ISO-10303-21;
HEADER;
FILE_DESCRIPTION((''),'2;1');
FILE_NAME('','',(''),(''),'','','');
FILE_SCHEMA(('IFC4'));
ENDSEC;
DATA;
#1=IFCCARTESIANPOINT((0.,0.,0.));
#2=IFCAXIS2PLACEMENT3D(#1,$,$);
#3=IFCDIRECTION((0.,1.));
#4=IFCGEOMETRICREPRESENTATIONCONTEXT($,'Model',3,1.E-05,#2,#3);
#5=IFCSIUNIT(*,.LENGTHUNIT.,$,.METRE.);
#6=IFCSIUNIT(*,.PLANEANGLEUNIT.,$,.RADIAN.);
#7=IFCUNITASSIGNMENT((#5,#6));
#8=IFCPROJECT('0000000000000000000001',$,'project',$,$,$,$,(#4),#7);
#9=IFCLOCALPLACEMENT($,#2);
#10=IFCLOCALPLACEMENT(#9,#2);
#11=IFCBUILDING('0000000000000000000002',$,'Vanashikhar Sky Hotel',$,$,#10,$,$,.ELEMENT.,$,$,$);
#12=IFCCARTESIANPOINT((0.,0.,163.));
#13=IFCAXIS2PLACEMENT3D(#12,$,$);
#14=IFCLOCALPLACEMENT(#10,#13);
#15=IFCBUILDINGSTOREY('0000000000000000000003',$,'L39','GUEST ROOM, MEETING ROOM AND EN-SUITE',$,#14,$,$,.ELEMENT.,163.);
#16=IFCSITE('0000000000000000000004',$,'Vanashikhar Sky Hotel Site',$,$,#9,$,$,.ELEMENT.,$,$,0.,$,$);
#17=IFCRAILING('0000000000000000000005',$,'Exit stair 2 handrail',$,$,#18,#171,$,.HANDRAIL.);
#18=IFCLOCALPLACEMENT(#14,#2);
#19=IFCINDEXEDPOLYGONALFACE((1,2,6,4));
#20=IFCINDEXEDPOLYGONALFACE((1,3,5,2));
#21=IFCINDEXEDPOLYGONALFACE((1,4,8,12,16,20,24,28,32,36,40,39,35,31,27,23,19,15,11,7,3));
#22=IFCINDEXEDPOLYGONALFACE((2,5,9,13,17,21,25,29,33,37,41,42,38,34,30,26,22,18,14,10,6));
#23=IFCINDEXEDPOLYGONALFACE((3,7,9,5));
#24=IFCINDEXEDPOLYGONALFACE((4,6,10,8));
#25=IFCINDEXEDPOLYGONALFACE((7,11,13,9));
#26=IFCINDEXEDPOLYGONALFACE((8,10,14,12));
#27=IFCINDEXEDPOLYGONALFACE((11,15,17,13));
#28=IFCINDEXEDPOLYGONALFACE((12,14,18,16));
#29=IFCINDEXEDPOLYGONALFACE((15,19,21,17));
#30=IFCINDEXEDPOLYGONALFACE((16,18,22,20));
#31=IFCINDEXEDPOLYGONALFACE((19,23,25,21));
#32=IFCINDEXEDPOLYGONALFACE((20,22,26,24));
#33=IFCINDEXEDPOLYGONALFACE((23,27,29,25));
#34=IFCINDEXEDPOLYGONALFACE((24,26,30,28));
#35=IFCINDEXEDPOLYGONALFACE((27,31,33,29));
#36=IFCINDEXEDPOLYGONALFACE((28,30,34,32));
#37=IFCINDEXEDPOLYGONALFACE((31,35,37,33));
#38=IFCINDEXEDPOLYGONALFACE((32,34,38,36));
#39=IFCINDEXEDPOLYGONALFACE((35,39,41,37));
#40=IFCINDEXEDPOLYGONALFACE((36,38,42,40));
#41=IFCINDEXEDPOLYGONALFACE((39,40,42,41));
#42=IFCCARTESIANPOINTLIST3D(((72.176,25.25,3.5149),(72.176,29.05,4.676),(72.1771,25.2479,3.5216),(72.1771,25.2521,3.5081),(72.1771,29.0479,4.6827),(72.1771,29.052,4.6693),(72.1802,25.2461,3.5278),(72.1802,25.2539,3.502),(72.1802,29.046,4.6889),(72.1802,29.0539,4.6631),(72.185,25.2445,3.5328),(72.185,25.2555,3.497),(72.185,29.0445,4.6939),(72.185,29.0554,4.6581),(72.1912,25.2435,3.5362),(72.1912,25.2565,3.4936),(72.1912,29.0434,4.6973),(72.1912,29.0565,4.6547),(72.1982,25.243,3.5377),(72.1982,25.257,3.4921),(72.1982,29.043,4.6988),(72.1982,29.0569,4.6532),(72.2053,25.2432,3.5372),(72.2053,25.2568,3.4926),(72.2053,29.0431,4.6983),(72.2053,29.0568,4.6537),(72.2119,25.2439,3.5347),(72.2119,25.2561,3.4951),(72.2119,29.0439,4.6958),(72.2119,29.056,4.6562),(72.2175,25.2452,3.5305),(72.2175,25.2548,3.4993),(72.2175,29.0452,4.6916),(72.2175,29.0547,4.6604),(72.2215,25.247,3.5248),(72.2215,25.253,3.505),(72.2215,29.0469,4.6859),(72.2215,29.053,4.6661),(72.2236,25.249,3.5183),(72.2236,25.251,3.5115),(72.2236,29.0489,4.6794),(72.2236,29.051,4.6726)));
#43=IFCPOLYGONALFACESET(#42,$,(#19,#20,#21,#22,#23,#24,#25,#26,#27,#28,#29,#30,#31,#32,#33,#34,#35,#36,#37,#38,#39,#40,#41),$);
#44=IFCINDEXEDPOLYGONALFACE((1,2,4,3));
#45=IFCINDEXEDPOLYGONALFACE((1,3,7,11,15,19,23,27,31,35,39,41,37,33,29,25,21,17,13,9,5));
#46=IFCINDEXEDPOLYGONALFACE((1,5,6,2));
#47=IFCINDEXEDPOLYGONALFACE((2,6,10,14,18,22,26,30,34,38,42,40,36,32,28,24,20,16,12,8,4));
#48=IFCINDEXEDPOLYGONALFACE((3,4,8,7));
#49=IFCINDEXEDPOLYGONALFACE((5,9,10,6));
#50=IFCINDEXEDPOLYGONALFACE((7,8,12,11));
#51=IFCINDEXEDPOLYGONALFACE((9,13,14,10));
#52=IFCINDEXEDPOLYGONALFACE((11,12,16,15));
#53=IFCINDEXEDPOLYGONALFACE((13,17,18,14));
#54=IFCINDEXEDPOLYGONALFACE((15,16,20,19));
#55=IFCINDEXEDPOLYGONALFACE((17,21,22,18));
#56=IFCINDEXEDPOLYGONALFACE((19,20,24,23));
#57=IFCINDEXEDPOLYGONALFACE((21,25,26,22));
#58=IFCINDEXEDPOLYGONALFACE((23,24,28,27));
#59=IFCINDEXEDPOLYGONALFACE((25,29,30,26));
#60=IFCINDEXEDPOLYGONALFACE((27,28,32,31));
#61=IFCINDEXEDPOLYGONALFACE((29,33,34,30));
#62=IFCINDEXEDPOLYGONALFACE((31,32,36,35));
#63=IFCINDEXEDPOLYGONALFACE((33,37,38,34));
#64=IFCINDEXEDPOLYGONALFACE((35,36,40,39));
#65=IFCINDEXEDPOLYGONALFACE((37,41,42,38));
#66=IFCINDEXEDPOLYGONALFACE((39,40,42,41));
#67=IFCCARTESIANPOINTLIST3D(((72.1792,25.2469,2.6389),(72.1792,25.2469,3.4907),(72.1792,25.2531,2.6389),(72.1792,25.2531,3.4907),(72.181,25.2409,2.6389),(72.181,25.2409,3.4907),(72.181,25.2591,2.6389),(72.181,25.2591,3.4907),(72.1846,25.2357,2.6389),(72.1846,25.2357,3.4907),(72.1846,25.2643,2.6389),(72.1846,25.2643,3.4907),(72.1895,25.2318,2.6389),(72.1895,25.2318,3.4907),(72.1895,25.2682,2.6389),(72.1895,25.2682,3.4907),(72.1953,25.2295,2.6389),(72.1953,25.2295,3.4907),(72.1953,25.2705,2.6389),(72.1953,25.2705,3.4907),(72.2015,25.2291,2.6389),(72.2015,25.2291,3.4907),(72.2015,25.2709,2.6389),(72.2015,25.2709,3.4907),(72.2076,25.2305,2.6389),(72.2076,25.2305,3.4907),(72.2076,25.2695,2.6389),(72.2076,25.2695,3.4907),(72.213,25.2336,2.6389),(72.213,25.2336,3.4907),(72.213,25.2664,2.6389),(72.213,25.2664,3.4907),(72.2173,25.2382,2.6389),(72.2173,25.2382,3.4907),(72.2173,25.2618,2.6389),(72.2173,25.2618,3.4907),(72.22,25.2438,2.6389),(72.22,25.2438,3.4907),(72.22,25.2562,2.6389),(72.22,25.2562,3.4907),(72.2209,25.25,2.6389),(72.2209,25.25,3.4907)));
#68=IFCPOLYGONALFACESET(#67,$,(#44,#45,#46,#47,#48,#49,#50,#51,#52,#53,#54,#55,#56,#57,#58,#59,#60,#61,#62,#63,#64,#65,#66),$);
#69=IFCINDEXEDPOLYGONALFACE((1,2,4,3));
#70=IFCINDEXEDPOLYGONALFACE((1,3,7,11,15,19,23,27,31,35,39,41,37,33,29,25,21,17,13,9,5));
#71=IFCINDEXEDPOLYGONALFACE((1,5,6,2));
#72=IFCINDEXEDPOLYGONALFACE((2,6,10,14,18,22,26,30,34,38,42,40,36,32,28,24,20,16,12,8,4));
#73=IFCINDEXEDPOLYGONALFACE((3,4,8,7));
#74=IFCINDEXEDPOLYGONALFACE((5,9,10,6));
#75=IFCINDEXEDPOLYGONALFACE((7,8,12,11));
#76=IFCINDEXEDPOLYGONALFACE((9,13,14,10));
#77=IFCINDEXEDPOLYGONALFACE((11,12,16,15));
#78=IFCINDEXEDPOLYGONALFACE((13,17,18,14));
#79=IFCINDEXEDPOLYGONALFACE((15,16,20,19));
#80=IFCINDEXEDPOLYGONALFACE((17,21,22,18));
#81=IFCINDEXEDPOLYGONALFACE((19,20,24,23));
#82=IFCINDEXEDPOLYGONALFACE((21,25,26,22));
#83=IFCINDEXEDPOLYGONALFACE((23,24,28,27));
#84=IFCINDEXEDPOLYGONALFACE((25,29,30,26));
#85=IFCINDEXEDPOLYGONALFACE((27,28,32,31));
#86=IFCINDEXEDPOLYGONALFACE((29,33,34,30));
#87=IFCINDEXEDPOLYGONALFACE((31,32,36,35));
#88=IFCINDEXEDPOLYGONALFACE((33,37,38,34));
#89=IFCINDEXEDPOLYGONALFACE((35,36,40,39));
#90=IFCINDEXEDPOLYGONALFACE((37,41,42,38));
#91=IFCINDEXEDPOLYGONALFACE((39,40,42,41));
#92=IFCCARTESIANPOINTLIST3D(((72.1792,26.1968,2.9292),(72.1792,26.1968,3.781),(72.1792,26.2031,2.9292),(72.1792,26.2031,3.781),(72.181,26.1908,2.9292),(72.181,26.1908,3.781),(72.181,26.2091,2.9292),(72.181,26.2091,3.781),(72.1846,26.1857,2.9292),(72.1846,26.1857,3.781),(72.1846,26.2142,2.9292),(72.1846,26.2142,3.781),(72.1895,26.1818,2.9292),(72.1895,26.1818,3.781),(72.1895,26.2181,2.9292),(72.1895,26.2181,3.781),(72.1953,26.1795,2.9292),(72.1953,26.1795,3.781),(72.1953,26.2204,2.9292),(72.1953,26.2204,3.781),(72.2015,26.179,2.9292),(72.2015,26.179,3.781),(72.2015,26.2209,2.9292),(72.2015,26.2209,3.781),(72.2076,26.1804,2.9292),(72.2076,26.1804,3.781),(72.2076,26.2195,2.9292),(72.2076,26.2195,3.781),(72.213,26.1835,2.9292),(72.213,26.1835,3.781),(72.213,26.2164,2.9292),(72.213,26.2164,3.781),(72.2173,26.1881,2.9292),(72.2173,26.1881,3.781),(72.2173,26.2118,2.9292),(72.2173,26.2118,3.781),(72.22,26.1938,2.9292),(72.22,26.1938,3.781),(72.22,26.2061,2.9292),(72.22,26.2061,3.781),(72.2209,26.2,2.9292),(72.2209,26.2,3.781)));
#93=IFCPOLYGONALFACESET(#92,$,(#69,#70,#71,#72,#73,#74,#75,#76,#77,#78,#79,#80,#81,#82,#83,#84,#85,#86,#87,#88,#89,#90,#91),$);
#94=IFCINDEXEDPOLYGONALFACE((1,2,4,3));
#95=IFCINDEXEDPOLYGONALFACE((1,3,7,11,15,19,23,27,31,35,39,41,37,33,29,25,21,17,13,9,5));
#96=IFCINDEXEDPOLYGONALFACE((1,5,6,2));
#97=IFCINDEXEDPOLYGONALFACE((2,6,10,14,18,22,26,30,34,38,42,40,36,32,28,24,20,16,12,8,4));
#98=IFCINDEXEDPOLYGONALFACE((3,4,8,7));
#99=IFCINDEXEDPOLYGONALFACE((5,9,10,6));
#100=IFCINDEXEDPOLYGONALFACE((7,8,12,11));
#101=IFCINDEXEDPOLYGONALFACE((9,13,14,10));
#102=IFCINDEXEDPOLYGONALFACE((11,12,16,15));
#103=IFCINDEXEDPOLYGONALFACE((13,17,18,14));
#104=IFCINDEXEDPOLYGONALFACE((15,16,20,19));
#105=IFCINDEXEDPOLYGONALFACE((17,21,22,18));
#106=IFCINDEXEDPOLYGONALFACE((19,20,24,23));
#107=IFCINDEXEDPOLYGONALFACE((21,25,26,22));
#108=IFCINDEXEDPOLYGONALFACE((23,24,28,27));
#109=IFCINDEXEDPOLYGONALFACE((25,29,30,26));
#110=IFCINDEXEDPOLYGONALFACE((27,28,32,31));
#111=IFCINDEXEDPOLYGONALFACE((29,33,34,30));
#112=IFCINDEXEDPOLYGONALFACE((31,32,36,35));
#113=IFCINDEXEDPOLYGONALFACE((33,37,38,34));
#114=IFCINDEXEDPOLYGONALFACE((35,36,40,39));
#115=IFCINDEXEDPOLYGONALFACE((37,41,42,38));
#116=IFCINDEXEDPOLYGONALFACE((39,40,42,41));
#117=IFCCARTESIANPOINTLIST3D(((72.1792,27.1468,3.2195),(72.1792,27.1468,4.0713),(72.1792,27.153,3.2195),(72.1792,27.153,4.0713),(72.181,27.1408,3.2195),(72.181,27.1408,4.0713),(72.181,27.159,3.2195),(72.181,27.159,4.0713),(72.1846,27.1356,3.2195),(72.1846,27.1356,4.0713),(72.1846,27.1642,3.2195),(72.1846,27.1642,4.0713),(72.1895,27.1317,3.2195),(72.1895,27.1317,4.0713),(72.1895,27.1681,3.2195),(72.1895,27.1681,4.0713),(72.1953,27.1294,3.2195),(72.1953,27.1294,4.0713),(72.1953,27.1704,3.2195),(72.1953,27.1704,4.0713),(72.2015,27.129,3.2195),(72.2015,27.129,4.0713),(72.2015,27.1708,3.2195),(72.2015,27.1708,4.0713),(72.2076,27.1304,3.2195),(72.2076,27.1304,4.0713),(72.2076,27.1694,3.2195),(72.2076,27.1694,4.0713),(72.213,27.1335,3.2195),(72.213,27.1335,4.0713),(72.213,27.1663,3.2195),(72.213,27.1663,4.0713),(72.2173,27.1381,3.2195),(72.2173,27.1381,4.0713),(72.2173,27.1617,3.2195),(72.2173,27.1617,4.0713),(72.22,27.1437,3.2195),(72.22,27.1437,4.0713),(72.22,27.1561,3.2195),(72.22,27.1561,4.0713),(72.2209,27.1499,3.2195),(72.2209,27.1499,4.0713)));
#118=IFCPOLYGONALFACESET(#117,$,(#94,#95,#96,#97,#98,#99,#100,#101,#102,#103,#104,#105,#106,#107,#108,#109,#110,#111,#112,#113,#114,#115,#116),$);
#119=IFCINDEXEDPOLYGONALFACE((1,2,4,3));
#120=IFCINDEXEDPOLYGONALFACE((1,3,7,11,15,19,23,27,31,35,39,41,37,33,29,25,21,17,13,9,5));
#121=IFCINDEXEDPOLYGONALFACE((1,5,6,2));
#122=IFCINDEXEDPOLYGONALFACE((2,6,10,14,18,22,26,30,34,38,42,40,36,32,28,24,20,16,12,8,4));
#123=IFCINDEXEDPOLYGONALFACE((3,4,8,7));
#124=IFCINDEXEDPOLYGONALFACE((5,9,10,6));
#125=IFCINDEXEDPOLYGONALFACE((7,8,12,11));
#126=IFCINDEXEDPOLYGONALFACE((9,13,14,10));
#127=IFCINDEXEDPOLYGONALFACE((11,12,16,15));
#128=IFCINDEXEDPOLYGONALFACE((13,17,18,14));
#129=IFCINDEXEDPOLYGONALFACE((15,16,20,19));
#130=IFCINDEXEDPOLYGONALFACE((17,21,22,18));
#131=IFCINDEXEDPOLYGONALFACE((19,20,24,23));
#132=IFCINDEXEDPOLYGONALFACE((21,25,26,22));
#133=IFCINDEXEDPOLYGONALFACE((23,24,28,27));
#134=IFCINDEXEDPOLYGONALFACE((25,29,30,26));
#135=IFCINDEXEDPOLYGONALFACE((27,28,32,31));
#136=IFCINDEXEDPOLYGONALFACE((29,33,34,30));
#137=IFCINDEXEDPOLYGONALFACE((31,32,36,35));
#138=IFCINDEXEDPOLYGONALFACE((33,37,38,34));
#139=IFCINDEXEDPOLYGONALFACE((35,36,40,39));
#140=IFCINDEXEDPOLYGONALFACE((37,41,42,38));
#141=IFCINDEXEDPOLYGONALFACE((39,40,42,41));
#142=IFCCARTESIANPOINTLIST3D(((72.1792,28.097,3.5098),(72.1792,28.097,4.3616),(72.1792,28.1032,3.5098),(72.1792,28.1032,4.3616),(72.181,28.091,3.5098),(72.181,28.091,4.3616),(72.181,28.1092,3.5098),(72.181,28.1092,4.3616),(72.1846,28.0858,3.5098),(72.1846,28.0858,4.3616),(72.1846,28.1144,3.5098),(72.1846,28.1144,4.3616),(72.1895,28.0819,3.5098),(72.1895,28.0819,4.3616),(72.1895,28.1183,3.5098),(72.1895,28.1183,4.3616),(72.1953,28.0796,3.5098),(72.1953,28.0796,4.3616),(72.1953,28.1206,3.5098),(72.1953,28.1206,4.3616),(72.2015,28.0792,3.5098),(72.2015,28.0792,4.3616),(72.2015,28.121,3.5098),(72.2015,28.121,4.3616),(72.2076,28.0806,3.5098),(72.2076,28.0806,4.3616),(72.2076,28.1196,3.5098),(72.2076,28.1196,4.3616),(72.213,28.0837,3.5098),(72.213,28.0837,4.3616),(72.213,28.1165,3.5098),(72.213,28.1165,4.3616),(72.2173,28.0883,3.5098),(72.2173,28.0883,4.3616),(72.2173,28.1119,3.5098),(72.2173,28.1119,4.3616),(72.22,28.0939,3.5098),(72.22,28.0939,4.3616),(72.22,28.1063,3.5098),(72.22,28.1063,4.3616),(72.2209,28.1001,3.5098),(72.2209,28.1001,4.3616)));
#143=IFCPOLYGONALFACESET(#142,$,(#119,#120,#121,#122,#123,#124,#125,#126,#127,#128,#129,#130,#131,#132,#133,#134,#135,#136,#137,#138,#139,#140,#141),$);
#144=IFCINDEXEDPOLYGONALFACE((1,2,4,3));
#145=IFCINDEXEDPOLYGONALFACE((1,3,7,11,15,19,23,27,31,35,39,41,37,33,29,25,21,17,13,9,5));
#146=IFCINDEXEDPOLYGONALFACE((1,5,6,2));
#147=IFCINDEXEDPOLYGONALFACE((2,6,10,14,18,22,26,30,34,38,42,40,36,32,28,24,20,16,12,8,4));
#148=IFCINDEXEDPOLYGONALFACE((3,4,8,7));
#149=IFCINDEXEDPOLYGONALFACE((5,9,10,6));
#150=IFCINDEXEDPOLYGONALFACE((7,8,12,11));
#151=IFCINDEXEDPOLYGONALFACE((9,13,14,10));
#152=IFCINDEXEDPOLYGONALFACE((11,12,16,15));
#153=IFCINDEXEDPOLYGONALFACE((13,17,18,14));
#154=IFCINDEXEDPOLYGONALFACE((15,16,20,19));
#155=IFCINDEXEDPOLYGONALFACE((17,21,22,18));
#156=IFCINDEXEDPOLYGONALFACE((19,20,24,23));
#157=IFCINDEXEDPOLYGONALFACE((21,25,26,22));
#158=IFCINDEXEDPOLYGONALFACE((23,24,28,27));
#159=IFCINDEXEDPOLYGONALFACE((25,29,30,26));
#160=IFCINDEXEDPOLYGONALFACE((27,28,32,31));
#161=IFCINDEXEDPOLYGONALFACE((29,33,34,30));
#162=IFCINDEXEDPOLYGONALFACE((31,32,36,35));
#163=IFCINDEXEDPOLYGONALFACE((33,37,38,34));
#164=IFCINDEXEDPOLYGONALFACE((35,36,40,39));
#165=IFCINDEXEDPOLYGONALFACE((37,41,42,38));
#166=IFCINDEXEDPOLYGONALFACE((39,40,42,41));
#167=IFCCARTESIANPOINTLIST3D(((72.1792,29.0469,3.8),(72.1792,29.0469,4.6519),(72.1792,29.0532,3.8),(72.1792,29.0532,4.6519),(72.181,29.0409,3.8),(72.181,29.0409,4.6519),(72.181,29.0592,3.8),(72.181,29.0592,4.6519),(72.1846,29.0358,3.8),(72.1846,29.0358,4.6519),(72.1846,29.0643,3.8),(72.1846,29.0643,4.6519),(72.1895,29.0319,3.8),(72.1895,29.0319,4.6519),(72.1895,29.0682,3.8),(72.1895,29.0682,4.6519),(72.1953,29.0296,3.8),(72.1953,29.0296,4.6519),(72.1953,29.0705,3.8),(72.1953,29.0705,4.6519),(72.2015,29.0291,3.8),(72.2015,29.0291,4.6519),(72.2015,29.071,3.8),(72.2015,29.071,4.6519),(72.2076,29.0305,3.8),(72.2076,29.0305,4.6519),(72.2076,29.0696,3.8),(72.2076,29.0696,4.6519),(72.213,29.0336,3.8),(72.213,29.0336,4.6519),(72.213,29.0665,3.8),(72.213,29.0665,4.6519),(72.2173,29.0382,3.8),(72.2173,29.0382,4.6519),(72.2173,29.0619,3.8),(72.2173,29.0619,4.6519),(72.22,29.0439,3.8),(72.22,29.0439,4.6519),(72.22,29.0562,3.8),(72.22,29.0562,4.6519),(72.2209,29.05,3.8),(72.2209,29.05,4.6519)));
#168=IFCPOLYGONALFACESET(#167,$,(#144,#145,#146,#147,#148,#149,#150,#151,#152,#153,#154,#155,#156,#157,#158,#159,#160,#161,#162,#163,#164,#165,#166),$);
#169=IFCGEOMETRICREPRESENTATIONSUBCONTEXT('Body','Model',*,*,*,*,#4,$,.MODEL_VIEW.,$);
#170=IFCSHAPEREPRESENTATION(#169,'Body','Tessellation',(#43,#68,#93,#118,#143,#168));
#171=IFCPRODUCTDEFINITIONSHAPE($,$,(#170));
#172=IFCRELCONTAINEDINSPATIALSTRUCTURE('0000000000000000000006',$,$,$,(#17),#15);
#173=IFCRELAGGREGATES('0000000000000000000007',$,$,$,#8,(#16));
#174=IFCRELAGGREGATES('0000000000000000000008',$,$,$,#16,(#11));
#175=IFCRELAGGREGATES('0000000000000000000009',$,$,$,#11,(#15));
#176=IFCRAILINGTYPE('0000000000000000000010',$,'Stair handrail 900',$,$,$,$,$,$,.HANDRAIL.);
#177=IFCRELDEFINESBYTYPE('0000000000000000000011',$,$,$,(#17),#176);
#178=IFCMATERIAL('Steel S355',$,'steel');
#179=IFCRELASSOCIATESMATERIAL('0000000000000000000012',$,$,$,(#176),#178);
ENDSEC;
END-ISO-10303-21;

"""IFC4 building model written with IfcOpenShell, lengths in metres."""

from ifc_helpers import new_model, si_unit, direction, frame, origin, origin_2d, place, context, subcontext, project, spatial, circle, extrude, source, transform, mapped, material, type_object, element, save


model = new_model("IFC4")

# Units and contexts
model_context = context("Model", 3, precision=1e-05, world=origin(), true_north=direction((0.0, 1.0)))
body_context = subcontext(model_context, "Body", "Model", "MODEL_VIEW")
ifc_project = project(units=[si_unit("LENGTHUNIT", "METRE"), si_unit("PLANEANGLEUNIT", "RADIAN")], contexts=[model_context])

# Site, building, storey
site_placement = place(None, origin())
site = spatial("IfcSite", under=ifc_project, at=site_placement, Name="Vanashikhar Sky Hotel Site", CompositionType="ELEMENT", RefElevation=0.0)
building_placement = place(site_placement, origin())
building = spatial("IfcBuilding", under=site, at=building_placement, Name="Vanashikhar Sky Hotel", CompositionType="ELEMENT")
storey_placement = place(building_placement, frame((0.0, 0.0, 163.0)))
storey = spatial("IfcBuildingStorey", under=building, at=storey_placement, Name="L39", Description="GUEST ROOM, MEETING ROOM AND EN-SUITE", CompositionType="ELEMENT", Elevation=163.0)

# Railing
ifc_material_1 = material(Name="Steel S355", Category="steel")
railing_type_1 = type_object("IfcRailingType", Name="Stair handrail 900", PredefinedType="HANDRAIL", material=ifc_material_1)
shared_shape_1 = source(origin(), body_context, "Body", "SweptSolid", [
    extrude(circle(Radius=0.0239, at=origin_2d()), frame((0.0, 0.0, 0.876), z_axis=(0.0, 0.956351, 0.29222), x_axis=(-1.0, 0.0, 0.0)), (0.0, 0.0, 1.0), 3.9734),
    extrude(circle(Radius=0.021, at=origin_2d()), origin(), (0.0, 0.0, 1.0), 0.8518),
    extrude(circle(Radius=0.021, at=origin_2d()), frame((0.0, 0.95, 0.2903)), (0.0, 0.0, 1.0), 0.8518),
    extrude(circle(Radius=0.021, at=origin_2d()), frame((0.0, 1.8999, 0.5806)), (0.0, 0.0, 1.0), 0.8518),
    extrude(circle(Radius=0.021, at=origin_2d()), frame((0.0, 2.8501, 0.8708)), (0.0, 0.0, 1.0), 0.8518),
    extrude(circle(Radius=0.021, at=origin_2d()), frame((0.0, 3.8, 1.1611)), (0.0, 0.0, 1.0), 0.8518),
])
for number, where, name in (
    (1, (72.2, 25.25, 2.6389), "Exit stair 2 handrail"),
):
    element("IfcRailing", number, at=place(storey_placement, frame(where)), inside=storey, type_object=railing_type_1, Name=name, PredefinedType="HANDRAIL", context=body_context, shape_type="MappedRepresentation", body=[
        mapped(shared_shape_1, transform((0.0, 0.0, 0.0), scale=1.0)),
    ])

save(model, "model.ifc")
